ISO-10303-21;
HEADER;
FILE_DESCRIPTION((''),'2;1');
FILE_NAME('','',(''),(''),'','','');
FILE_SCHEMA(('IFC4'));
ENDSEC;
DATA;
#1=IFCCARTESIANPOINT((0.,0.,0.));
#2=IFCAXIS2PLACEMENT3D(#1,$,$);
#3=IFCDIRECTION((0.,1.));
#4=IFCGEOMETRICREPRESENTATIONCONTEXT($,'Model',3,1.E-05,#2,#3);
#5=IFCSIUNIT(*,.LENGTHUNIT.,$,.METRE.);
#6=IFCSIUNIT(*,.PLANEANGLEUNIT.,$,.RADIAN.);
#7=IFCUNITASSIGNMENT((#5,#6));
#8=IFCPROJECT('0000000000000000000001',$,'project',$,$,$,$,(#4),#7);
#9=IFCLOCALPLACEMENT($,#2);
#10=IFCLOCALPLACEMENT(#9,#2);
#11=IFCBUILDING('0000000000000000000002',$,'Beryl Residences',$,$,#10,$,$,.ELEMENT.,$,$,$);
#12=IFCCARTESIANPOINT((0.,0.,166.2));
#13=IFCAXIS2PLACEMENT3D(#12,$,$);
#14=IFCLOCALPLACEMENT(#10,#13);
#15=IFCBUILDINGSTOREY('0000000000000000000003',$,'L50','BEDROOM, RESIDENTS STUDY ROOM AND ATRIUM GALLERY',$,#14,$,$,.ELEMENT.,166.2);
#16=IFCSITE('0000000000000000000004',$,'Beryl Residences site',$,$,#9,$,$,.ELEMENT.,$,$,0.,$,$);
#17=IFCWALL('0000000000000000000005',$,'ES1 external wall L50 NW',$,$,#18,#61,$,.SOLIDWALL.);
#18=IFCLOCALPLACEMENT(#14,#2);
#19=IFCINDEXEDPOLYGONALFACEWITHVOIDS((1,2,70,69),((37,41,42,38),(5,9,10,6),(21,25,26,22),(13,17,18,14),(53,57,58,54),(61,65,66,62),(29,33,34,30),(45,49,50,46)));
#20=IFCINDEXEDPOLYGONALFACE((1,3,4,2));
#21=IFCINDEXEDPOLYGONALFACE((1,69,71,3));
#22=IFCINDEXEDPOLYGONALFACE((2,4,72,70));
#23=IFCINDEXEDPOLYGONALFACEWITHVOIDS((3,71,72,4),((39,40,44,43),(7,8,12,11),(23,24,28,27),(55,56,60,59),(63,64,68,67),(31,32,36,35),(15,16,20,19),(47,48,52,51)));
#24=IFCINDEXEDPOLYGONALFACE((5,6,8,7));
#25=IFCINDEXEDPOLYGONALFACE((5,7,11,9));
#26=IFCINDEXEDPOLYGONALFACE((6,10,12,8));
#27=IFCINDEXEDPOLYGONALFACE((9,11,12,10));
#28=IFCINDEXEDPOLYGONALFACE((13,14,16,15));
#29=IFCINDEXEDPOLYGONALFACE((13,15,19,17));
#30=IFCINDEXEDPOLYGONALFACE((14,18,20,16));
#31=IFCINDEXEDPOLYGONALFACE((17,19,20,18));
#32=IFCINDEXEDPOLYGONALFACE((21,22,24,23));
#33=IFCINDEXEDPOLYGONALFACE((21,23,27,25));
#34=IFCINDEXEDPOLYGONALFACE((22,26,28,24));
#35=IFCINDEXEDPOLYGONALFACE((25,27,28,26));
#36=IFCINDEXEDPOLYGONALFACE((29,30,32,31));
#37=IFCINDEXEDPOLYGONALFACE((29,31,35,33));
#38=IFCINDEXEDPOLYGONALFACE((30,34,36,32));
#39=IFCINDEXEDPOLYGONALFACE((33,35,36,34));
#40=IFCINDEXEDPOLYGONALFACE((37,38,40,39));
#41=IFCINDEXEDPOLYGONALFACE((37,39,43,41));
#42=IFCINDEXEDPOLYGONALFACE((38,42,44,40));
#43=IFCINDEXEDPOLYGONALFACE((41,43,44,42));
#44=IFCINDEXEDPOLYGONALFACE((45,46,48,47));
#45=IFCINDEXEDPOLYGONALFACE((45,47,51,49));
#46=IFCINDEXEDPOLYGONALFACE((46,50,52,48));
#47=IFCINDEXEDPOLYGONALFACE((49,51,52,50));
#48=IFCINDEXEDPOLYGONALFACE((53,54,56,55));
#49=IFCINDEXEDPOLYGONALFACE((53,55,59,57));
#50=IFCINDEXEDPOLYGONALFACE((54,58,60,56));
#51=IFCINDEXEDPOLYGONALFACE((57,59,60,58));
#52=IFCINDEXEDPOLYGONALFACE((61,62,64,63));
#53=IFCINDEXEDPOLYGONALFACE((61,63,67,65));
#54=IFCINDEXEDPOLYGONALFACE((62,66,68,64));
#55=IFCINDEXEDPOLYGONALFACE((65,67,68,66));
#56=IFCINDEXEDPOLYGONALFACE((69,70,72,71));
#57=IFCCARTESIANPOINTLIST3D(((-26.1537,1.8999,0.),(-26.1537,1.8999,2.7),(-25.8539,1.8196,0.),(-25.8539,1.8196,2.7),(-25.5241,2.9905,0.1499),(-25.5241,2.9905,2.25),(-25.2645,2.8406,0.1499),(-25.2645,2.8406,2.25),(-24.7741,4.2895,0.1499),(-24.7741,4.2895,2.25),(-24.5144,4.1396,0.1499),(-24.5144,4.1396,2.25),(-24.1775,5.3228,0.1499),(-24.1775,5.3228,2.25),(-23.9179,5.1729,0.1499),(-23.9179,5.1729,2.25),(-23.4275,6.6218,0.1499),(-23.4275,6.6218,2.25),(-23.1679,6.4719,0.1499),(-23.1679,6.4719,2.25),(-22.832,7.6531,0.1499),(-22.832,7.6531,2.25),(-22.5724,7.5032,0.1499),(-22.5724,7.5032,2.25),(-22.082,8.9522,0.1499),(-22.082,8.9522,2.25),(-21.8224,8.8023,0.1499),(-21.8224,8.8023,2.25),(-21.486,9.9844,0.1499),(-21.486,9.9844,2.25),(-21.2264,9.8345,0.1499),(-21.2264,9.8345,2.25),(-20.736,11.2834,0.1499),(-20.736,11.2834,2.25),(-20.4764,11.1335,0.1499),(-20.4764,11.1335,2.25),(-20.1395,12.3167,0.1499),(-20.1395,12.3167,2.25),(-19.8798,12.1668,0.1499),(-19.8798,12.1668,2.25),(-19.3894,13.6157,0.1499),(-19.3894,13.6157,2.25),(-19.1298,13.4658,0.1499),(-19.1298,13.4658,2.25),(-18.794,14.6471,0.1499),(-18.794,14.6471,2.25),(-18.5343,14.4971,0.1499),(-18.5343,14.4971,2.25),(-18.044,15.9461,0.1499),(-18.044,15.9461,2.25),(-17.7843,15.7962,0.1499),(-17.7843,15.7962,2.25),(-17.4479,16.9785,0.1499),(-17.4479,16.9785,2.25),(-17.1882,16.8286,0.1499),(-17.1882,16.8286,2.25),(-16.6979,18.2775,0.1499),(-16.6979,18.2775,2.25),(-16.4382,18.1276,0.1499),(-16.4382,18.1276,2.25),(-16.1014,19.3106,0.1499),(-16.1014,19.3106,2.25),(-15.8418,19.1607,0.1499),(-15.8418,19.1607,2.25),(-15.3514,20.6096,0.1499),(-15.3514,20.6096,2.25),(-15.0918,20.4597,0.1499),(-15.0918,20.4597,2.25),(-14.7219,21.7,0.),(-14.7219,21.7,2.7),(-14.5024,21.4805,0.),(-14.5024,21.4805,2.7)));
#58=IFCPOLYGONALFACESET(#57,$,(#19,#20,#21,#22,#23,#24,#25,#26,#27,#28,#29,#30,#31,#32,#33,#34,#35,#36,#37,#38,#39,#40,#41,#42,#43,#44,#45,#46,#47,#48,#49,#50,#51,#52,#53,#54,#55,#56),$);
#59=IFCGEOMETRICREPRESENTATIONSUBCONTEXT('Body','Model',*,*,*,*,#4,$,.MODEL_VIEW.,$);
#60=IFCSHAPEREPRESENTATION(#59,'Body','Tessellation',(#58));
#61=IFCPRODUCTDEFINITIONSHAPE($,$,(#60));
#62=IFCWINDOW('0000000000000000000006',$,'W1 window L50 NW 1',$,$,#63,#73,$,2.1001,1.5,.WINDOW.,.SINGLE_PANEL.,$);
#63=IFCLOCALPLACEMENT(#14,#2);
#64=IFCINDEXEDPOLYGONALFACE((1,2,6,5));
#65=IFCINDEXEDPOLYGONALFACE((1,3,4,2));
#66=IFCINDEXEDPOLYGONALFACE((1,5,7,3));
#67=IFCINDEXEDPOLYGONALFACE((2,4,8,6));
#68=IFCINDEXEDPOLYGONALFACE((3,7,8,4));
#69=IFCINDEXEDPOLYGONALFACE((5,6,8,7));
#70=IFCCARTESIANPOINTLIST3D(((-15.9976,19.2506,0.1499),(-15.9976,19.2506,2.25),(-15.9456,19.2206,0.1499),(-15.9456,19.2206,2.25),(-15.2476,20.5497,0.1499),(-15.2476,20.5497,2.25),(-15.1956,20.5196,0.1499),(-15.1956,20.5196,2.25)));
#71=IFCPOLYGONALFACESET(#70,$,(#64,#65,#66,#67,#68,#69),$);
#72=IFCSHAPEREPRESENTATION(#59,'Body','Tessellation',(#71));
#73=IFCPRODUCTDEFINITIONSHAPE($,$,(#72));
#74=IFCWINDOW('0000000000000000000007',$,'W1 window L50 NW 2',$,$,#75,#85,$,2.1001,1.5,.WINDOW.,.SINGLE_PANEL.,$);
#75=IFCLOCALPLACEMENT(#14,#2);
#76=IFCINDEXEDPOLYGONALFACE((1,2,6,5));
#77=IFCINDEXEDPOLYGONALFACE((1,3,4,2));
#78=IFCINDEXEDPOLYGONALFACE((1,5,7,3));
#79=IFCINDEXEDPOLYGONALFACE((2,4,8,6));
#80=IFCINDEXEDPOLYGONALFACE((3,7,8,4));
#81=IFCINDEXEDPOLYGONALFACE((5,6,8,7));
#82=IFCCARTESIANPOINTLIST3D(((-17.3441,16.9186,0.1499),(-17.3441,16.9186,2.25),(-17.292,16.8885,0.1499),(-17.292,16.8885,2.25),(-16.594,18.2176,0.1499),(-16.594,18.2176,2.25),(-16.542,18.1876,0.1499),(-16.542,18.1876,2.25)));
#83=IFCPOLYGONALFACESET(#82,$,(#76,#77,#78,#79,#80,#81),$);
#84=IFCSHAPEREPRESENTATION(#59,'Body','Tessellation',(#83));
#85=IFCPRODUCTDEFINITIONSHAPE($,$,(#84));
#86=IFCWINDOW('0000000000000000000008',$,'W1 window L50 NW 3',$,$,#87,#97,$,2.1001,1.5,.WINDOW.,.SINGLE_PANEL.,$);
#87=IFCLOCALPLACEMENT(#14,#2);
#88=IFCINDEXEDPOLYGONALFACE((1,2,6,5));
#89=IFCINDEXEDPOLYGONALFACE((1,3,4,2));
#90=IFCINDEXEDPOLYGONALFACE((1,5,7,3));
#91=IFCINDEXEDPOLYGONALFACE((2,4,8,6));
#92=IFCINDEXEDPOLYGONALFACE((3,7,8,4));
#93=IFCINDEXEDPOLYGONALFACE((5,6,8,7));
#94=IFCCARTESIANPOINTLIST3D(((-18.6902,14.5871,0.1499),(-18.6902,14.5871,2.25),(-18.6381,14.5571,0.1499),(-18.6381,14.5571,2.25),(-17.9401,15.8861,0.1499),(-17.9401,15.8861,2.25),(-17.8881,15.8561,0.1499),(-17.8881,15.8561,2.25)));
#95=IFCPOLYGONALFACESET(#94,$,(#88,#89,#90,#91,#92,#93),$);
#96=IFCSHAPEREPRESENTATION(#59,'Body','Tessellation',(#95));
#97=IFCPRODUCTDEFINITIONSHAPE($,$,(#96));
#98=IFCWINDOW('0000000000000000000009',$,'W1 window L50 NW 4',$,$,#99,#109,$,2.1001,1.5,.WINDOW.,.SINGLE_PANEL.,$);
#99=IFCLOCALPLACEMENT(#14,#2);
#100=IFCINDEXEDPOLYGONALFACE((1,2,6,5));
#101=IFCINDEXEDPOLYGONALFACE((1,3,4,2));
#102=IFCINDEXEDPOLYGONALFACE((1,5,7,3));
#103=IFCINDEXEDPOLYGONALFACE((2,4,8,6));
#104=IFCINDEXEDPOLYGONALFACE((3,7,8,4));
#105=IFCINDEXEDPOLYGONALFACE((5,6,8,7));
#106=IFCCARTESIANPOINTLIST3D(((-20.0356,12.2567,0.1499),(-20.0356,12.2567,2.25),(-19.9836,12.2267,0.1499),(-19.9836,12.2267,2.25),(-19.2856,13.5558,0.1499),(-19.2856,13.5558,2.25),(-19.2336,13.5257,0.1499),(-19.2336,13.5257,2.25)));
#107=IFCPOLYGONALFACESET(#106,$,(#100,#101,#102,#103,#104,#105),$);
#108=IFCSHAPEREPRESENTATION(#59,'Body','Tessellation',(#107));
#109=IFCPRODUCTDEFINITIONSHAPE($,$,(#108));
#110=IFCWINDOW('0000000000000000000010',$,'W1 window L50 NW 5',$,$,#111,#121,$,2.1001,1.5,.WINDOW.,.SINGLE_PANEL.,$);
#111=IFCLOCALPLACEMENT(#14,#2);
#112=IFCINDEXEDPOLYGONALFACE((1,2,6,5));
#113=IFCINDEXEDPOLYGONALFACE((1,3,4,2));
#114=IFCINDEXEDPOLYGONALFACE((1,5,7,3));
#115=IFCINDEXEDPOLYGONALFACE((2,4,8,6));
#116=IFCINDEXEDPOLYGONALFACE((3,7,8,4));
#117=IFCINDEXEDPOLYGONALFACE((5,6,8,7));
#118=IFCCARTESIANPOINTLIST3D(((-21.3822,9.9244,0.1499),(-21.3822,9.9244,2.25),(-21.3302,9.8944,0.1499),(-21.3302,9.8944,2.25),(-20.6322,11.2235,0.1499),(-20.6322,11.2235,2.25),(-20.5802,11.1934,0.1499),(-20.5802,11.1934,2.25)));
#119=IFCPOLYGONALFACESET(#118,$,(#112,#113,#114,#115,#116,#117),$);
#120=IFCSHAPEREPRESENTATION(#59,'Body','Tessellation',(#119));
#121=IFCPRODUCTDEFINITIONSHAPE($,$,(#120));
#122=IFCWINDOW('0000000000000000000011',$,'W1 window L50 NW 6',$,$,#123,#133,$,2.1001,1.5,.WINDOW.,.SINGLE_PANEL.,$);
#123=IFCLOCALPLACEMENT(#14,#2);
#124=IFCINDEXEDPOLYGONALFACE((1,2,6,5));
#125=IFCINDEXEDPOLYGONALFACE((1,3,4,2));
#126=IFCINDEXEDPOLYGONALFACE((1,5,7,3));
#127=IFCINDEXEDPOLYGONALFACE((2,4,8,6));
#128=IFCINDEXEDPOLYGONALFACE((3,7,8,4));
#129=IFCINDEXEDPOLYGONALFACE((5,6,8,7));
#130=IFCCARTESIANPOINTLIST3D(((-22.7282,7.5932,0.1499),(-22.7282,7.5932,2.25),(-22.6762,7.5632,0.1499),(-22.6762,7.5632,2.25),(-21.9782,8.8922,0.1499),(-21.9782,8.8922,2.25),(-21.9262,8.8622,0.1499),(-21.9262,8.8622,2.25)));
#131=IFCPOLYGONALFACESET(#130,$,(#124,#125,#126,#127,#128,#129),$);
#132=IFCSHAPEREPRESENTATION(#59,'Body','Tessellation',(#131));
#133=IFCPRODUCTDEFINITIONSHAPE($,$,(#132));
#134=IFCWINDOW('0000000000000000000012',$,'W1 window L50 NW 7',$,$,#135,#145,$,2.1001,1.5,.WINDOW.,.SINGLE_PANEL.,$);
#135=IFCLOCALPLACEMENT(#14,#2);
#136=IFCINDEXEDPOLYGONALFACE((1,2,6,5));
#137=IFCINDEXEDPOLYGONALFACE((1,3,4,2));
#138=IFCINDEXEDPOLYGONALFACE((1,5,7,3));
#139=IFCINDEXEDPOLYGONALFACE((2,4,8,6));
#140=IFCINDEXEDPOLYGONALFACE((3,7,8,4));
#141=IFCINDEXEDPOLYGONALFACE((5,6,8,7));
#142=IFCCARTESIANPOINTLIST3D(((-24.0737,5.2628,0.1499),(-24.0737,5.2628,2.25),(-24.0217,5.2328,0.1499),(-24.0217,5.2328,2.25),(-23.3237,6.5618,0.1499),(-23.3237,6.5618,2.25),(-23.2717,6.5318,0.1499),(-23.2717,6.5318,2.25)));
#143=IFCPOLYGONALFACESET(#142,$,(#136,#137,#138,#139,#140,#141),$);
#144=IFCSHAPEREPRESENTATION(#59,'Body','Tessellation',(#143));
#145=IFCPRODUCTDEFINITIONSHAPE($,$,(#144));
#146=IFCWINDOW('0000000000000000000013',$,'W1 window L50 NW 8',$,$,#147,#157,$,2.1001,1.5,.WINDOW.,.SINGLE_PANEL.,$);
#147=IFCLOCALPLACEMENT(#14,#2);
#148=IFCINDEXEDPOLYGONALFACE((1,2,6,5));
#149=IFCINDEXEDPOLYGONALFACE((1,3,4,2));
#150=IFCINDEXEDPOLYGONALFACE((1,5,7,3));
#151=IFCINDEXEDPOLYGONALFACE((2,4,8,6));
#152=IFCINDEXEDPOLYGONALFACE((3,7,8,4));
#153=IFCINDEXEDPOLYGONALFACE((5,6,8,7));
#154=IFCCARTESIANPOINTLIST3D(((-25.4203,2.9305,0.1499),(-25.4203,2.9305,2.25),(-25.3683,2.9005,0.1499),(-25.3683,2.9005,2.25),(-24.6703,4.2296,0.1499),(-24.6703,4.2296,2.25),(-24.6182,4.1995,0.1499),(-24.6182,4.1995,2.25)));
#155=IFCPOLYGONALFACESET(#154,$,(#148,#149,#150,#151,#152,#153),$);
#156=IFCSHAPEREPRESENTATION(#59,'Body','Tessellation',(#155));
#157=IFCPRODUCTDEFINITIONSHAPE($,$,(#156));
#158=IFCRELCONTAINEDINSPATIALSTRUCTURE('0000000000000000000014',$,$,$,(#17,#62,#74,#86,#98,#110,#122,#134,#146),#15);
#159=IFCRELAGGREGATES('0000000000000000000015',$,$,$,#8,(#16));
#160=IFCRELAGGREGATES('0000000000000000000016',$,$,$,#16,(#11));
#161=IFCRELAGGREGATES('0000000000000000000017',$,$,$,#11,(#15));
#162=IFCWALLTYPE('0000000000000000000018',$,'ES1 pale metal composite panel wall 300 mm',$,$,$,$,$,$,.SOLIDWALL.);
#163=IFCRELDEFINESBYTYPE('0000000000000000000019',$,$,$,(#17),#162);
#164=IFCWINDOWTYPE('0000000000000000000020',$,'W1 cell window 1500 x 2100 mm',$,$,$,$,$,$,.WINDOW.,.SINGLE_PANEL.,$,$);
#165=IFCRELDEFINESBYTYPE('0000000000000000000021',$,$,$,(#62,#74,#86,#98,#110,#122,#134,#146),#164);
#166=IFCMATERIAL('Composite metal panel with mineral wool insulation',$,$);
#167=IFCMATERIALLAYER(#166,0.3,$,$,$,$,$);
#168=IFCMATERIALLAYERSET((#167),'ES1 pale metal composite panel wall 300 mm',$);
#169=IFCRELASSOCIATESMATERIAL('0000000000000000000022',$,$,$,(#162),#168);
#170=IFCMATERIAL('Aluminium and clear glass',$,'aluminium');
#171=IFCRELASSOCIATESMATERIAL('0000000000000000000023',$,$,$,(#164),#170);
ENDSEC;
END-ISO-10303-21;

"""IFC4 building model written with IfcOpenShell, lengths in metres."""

from ifc_helpers import new_model, si_unit, direction, frame, frame_2d, origin, place, context, subcontext, project, spatial, polyline, rectangle, outline, extrude, material, layer, layer_set, type_object, element, fill, save


model = new_model("IFC4")

# Units and contexts
model_context = context("Model", 3, precision=1e-05, world=origin(), true_north=direction((0.0, 1.0)))
body_context = subcontext(model_context, "Body", "Model", "MODEL_VIEW")
ifc_project = project(units=[si_unit("LENGTHUNIT", "METRE"), si_unit("PLANEANGLEUNIT", "RADIAN")], contexts=[model_context])

# Site, building, storey
site_placement = place(None, origin())
site = spatial("IfcSite", under=ifc_project, at=site_placement, Name="Beryl Residences site", CompositionType="ELEMENT", RefElevation=0.0)
building_placement = place(site_placement, origin())
building = spatial("IfcBuilding", under=site, at=building_placement, Name="Beryl Residences", CompositionType="ELEMENT")
storey_placement = place(building_placement, frame((0.0, 0.0, 166.2)))
storey = spatial("IfcBuildingStorey", under=building, at=storey_placement, Name="L50", Description="BEDROOM, RESIDENTS STUDY ROOM AND ATRIUM GALLERY", CompositionType="ELEMENT", Elevation=166.2)

# Wall, openings, windows
ifc_material_1 = material(Name="Composite metal panel with mineral wool insulation")
ifc_layer_1 = layer(ifc_material_1, 0.3)
ifc_layer_set_1 = layer_set([ifc_layer_1], Name="ES1 pale metal composite panel wall 300 mm")
wall_type_1 = type_object("IfcWallType", Name="ES1 pale metal composite panel wall 300 mm", PredefinedType="SOLIDWALL", material=ifc_layer_set_1)
wall_1_placement = place(storey_placement, frame((-14.592, 21.625, 0.0), z_axis=(0.0, 0.0, 1.0), x_axis=(-0.500011, -0.866019, 0.0)))
wall_1 = element("IfcWall", 1, at=wall_1_placement, inside=storey, type_object=wall_type_1, Name="ES1 external wall L50 NW", PredefinedType="SOLIDWALL", context=body_context, shape_type="SweptSolid", body=[
    extrude(outline(polyline([(0.0, -0.1499), (22.8633, -0.1499), (22.783, 0.1499), (0.0803, 0.1499), (0.0, -0.1499)])), origin(), (0.0, 0.0, 1.0), 2.7),
])
opening_1_placement = place(wall_1_placement, frame((1.259, 0.0, 0.1499)))
opening_1 = element("IfcOpeningElement", 2, at=opening_1_placement, cuts=wall_1, PredefinedType="OPENING", context=body_context, shape_type="SweptSolid", body=[
    extrude(rectangle(XDim=1.5, YDim=2.1001, at=frame_2d((0.75, 1.05))), frame((0.0, 0.1599, 0.0), z_axis=(0.0, -1.0, 0.0), x_axis=(1.0, 0.0, 0.0)), (0.0, 0.0, 1.0), 0.3201),
])
opening_2_placement = place(wall_1_placement, frame((3.9519, 0.0, 0.1499)))
opening_2 = element("IfcOpeningElement", 3, at=opening_2_placement, cuts=wall_1, PredefinedType="OPENING", context=body_context, shape_type="SweptSolid", body=[
    extrude(rectangle(XDim=1.5, YDim=2.1001, at=frame_2d((0.75, 1.05))), frame((0.0, 0.1599, 0.0), z_axis=(0.0, -1.0, 0.0), x_axis=(1.0, 0.0, 0.0)), (0.0, 0.0, 1.0), 0.3201),
])
opening_3_placement = place(wall_1_placement, frame((6.644, 0.0, 0.1499)))
opening_3 = element("IfcOpeningElement", 4, at=opening_3_placement, cuts=wall_1, PredefinedType="OPENING", context=body_context, shape_type="SweptSolid", body=[
    extrude(rectangle(XDim=1.5, YDim=2.1001, at=frame_2d((0.75, 1.05))), frame((0.0, 0.1599, 0.0), z_axis=(0.0, -1.0, 0.0), x_axis=(1.0, 0.0, 0.0)), (0.0, 0.0, 1.0), 0.3201),
])
opening_4_placement = place(wall_1_placement, frame((9.335, 0.0, 0.1499)))
opening_4 = element("IfcOpeningElement", 5, at=opening_4_placement, cuts=wall_1, PredefinedType="OPENING", context=body_context, shape_type="SweptSolid", body=[
    extrude(rectangle(XDim=1.5, YDim=2.1001, at=frame_2d((0.75, 1.05))), frame((0.0, 0.1599, 0.0), z_axis=(0.0, -1.0, 0.0), x_axis=(1.0, 0.0, 0.0)), (0.0, 0.0, 1.0), 0.3201),
])
opening_5_placement = place(wall_1_placement, frame((12.0281, 0.0, 0.1499)))
opening_5 = element("IfcOpeningElement", 6, at=opening_5_placement, cuts=wall_1, PredefinedType="OPENING", context=body_context, shape_type="SweptSolid", body=[
    extrude(rectangle(XDim=1.5, YDim=2.1001, at=frame_2d((0.75, 1.05))), frame((0.0, 0.1599, 0.0), z_axis=(0.0, -1.0, 0.0), x_axis=(1.0, 0.0, 0.0)), (0.0, 0.0, 1.0), 0.3201),
])
opening_6_placement = place(wall_1_placement, frame((14.72, 0.0, 0.1499)))
opening_6 = element("IfcOpeningElement", 7, at=opening_6_placement, cuts=wall_1, PredefinedType="OPENING", context=body_context, shape_type="SweptSolid", body=[
    extrude(rectangle(XDim=1.5, YDim=2.1001, at=frame_2d((0.75, 1.05))), frame((0.0, 0.1599, 0.0), z_axis=(0.0, -1.0, 0.0), x_axis=(1.0, 0.0, 0.0)), (0.0, 0.0, 1.0), 0.3201),
])
opening_7_placement = place(wall_1_placement, frame((17.4109, 0.0, 0.1499)))
opening_7 = element("IfcOpeningElement", 8, at=opening_7_placement, cuts=wall_1, PredefinedType="OPENING", context=body_context, shape_type="SweptSolid", body=[
    extrude(rectangle(XDim=1.5, YDim=2.1001, at=frame_2d((0.75, 1.05))), frame((0.0, 0.1599, 0.0), z_axis=(0.0, -1.0, 0.0), x_axis=(1.0, 0.0, 0.0)), (0.0, 0.0, 1.0), 0.3201),
])
opening_8_placement = place(wall_1_placement, frame((20.104, 0.0, 0.1499)))
opening_8 = element("IfcOpeningElement", 9, at=opening_8_placement, cuts=wall_1, PredefinedType="OPENING", context=body_context, shape_type="SweptSolid", body=[
    extrude(rectangle(XDim=1.5, YDim=2.1001, at=frame_2d((0.75, 1.05))), frame((0.0, 0.1599, 0.0), z_axis=(0.0, -1.0, 0.0), x_axis=(1.0, 0.0, 0.0)), (0.0, 0.0, 1.0), 0.3201),
])
ifc_material_2 = material(Name="Aluminium and clear glass", Category="aluminium")
window_type = type_object("IfcWindowType", Name="W1 cell window 1500 x 2100 mm", PartitioningType="SINGLE_PANEL", PredefinedType="WINDOW", material=ifc_material_2)
window_1_placement = place(opening_1_placement, origin())
window_1 = element("IfcWindow", 10, at=window_1_placement, inside=storey, type_object=window_type, Name="W1 window L50 NW 1", OverallHeight=2.1001, OverallWidth=1.5, PartitioningType="SINGLE_PANEL", PredefinedType="WINDOW", context=body_context, shape_type="SweptSolid", body=[
    extrude(rectangle(XDim=1.5, YDim=2.1001, at=frame_2d((0.75, 1.05))), frame((0.0, 0.03, 0.0), z_axis=(0.0, -1.0, 0.0), x_axis=(1.0, 0.0, 0.0)), (0.0, 0.0, 1.0), 0.0601),
])
fill(opening_1, window_1)
window_2_placement = place(opening_2_placement, origin())
window_2 = element("IfcWindow", 11, at=window_2_placement, inside=storey, type_object=window_type, Name="W1 window L50 NW 2", OverallHeight=2.1001, OverallWidth=1.5, PartitioningType="SINGLE_PANEL", PredefinedType="WINDOW", context=body_context, shape_type="SweptSolid", body=[
    extrude(rectangle(XDim=1.5, YDim=2.1001, at=frame_2d((0.75, 1.05))), frame((0.0, 0.03, 0.0), z_axis=(0.0, -1.0, 0.0), x_axis=(1.0, 0.0, 0.0)), (0.0, 0.0, 1.0), 0.0601),
])
fill(opening_2, window_2)
window_3_placement = place(opening_3_placement, origin())
window_3 = element("IfcWindow", 12, at=window_3_placement, inside=storey, type_object=window_type, Name="W1 window L50 NW 3", OverallHeight=2.1001, OverallWidth=1.5, PartitioningType="SINGLE_PANEL", PredefinedType="WINDOW", context=body_context, shape_type="SweptSolid", body=[
    extrude(rectangle(XDim=1.5, YDim=2.1001, at=frame_2d((0.75, 1.05))), frame((0.0, 0.03, 0.0), z_axis=(0.0, -1.0, 0.0), x_axis=(1.0, 0.0, 0.0)), (0.0, 0.0, 1.0), 0.0601),
])
fill(opening_3, window_3)
window_4_placement = place(opening_4_placement, origin())
window_4 = element("IfcWindow", 13, at=window_4_placement, inside=storey, type_object=window_type, Name="W1 window L50 NW 4", OverallHeight=2.1001, OverallWidth=1.5, PartitioningType="SINGLE_PANEL", PredefinedType="WINDOW", context=body_context, shape_type="SweptSolid", body=[
    extrude(rectangle(XDim=1.5, YDim=2.1001, at=frame_2d((0.75, 1.05))), frame((0.0, 0.03, 0.0), z_axis=(0.0, -1.0, 0.0), x_axis=(1.0, 0.0, 0.0)), (0.0, 0.0, 1.0), 0.0601),
])
fill(opening_4, window_4)
window_5_placement = place(opening_5_placement, origin())
window_5 = element("IfcWindow", 14, at=window_5_placement, inside=storey, type_object=window_type, Name="W1 window L50 NW 5", OverallHeight=2.1001, OverallWidth=1.5, PartitioningType="SINGLE_PANEL", PredefinedType="WINDOW", context=body_context, shape_type="SweptSolid", body=[
    extrude(rectangle(XDim=1.5, YDim=2.1001, at=frame_2d((0.75, 1.05))), frame((0.0, 0.03, 0.0), z_axis=(0.0, -1.0, 0.0), x_axis=(1.0, 0.0, 0.0)), (0.0, 0.0, 1.0), 0.0601),
])
fill(opening_5, window_5)
window_6_placement = place(opening_6_placement, origin())
window_6 = element("IfcWindow", 15, at=window_6_placement, inside=storey, type_object=window_type, Name="W1 window L50 NW 6", OverallHeight=2.1001, OverallWidth=1.5, PartitioningType="SINGLE_PANEL", PredefinedType="WINDOW", context=body_context, shape_type="SweptSolid", body=[
    extrude(rectangle(XDim=1.5, YDim=2.1001, at=frame_2d((0.75, 1.05))), frame((0.0, 0.03, 0.0), z_axis=(0.0, -1.0, 0.0), x_axis=(1.0, 0.0, 0.0)), (0.0, 0.0, 1.0), 0.0601),
])
fill(opening_6, window_6)
window_7_placement = place(opening_7_placement, origin())
window_7 = element("IfcWindow", 16, at=window_7_placement, inside=storey, type_object=window_type, Name="W1 window L50 NW 7", OverallHeight=2.1001, OverallWidth=1.5, PartitioningType="SINGLE_PANEL", PredefinedType="WINDOW", context=body_context, shape_type="SweptSolid", body=[
    extrude(rectangle(XDim=1.5, YDim=2.1001, at=frame_2d((0.75, 1.05))), frame((0.0, 0.03, 0.0), z_axis=(0.0, -1.0, 0.0), x_axis=(1.0, 0.0, 0.0)), (0.0, 0.0, 1.0), 0.0601),
])
fill(opening_7, window_7)
window_8_placement = place(opening_8_placement, origin())
window_8 = element("IfcWindow", 17, at=window_8_placement, inside=storey, type_object=window_type, Name="W1 window L50 NW 8", OverallHeight=2.1001, OverallWidth=1.5, PartitioningType="SINGLE_PANEL", PredefinedType="WINDOW", context=body_context, shape_type="SweptSolid", body=[
    extrude(rectangle(XDim=1.5, YDim=2.1001, at=frame_2d((0.75, 1.05))), frame((0.0, 0.03, 0.0), z_axis=(0.0, -1.0, 0.0), x_axis=(1.0, 0.0, 0.0)), (0.0, 0.0, 1.0), 0.0601),
])
fill(opening_8, window_8)

save(model, "model.ifc")
